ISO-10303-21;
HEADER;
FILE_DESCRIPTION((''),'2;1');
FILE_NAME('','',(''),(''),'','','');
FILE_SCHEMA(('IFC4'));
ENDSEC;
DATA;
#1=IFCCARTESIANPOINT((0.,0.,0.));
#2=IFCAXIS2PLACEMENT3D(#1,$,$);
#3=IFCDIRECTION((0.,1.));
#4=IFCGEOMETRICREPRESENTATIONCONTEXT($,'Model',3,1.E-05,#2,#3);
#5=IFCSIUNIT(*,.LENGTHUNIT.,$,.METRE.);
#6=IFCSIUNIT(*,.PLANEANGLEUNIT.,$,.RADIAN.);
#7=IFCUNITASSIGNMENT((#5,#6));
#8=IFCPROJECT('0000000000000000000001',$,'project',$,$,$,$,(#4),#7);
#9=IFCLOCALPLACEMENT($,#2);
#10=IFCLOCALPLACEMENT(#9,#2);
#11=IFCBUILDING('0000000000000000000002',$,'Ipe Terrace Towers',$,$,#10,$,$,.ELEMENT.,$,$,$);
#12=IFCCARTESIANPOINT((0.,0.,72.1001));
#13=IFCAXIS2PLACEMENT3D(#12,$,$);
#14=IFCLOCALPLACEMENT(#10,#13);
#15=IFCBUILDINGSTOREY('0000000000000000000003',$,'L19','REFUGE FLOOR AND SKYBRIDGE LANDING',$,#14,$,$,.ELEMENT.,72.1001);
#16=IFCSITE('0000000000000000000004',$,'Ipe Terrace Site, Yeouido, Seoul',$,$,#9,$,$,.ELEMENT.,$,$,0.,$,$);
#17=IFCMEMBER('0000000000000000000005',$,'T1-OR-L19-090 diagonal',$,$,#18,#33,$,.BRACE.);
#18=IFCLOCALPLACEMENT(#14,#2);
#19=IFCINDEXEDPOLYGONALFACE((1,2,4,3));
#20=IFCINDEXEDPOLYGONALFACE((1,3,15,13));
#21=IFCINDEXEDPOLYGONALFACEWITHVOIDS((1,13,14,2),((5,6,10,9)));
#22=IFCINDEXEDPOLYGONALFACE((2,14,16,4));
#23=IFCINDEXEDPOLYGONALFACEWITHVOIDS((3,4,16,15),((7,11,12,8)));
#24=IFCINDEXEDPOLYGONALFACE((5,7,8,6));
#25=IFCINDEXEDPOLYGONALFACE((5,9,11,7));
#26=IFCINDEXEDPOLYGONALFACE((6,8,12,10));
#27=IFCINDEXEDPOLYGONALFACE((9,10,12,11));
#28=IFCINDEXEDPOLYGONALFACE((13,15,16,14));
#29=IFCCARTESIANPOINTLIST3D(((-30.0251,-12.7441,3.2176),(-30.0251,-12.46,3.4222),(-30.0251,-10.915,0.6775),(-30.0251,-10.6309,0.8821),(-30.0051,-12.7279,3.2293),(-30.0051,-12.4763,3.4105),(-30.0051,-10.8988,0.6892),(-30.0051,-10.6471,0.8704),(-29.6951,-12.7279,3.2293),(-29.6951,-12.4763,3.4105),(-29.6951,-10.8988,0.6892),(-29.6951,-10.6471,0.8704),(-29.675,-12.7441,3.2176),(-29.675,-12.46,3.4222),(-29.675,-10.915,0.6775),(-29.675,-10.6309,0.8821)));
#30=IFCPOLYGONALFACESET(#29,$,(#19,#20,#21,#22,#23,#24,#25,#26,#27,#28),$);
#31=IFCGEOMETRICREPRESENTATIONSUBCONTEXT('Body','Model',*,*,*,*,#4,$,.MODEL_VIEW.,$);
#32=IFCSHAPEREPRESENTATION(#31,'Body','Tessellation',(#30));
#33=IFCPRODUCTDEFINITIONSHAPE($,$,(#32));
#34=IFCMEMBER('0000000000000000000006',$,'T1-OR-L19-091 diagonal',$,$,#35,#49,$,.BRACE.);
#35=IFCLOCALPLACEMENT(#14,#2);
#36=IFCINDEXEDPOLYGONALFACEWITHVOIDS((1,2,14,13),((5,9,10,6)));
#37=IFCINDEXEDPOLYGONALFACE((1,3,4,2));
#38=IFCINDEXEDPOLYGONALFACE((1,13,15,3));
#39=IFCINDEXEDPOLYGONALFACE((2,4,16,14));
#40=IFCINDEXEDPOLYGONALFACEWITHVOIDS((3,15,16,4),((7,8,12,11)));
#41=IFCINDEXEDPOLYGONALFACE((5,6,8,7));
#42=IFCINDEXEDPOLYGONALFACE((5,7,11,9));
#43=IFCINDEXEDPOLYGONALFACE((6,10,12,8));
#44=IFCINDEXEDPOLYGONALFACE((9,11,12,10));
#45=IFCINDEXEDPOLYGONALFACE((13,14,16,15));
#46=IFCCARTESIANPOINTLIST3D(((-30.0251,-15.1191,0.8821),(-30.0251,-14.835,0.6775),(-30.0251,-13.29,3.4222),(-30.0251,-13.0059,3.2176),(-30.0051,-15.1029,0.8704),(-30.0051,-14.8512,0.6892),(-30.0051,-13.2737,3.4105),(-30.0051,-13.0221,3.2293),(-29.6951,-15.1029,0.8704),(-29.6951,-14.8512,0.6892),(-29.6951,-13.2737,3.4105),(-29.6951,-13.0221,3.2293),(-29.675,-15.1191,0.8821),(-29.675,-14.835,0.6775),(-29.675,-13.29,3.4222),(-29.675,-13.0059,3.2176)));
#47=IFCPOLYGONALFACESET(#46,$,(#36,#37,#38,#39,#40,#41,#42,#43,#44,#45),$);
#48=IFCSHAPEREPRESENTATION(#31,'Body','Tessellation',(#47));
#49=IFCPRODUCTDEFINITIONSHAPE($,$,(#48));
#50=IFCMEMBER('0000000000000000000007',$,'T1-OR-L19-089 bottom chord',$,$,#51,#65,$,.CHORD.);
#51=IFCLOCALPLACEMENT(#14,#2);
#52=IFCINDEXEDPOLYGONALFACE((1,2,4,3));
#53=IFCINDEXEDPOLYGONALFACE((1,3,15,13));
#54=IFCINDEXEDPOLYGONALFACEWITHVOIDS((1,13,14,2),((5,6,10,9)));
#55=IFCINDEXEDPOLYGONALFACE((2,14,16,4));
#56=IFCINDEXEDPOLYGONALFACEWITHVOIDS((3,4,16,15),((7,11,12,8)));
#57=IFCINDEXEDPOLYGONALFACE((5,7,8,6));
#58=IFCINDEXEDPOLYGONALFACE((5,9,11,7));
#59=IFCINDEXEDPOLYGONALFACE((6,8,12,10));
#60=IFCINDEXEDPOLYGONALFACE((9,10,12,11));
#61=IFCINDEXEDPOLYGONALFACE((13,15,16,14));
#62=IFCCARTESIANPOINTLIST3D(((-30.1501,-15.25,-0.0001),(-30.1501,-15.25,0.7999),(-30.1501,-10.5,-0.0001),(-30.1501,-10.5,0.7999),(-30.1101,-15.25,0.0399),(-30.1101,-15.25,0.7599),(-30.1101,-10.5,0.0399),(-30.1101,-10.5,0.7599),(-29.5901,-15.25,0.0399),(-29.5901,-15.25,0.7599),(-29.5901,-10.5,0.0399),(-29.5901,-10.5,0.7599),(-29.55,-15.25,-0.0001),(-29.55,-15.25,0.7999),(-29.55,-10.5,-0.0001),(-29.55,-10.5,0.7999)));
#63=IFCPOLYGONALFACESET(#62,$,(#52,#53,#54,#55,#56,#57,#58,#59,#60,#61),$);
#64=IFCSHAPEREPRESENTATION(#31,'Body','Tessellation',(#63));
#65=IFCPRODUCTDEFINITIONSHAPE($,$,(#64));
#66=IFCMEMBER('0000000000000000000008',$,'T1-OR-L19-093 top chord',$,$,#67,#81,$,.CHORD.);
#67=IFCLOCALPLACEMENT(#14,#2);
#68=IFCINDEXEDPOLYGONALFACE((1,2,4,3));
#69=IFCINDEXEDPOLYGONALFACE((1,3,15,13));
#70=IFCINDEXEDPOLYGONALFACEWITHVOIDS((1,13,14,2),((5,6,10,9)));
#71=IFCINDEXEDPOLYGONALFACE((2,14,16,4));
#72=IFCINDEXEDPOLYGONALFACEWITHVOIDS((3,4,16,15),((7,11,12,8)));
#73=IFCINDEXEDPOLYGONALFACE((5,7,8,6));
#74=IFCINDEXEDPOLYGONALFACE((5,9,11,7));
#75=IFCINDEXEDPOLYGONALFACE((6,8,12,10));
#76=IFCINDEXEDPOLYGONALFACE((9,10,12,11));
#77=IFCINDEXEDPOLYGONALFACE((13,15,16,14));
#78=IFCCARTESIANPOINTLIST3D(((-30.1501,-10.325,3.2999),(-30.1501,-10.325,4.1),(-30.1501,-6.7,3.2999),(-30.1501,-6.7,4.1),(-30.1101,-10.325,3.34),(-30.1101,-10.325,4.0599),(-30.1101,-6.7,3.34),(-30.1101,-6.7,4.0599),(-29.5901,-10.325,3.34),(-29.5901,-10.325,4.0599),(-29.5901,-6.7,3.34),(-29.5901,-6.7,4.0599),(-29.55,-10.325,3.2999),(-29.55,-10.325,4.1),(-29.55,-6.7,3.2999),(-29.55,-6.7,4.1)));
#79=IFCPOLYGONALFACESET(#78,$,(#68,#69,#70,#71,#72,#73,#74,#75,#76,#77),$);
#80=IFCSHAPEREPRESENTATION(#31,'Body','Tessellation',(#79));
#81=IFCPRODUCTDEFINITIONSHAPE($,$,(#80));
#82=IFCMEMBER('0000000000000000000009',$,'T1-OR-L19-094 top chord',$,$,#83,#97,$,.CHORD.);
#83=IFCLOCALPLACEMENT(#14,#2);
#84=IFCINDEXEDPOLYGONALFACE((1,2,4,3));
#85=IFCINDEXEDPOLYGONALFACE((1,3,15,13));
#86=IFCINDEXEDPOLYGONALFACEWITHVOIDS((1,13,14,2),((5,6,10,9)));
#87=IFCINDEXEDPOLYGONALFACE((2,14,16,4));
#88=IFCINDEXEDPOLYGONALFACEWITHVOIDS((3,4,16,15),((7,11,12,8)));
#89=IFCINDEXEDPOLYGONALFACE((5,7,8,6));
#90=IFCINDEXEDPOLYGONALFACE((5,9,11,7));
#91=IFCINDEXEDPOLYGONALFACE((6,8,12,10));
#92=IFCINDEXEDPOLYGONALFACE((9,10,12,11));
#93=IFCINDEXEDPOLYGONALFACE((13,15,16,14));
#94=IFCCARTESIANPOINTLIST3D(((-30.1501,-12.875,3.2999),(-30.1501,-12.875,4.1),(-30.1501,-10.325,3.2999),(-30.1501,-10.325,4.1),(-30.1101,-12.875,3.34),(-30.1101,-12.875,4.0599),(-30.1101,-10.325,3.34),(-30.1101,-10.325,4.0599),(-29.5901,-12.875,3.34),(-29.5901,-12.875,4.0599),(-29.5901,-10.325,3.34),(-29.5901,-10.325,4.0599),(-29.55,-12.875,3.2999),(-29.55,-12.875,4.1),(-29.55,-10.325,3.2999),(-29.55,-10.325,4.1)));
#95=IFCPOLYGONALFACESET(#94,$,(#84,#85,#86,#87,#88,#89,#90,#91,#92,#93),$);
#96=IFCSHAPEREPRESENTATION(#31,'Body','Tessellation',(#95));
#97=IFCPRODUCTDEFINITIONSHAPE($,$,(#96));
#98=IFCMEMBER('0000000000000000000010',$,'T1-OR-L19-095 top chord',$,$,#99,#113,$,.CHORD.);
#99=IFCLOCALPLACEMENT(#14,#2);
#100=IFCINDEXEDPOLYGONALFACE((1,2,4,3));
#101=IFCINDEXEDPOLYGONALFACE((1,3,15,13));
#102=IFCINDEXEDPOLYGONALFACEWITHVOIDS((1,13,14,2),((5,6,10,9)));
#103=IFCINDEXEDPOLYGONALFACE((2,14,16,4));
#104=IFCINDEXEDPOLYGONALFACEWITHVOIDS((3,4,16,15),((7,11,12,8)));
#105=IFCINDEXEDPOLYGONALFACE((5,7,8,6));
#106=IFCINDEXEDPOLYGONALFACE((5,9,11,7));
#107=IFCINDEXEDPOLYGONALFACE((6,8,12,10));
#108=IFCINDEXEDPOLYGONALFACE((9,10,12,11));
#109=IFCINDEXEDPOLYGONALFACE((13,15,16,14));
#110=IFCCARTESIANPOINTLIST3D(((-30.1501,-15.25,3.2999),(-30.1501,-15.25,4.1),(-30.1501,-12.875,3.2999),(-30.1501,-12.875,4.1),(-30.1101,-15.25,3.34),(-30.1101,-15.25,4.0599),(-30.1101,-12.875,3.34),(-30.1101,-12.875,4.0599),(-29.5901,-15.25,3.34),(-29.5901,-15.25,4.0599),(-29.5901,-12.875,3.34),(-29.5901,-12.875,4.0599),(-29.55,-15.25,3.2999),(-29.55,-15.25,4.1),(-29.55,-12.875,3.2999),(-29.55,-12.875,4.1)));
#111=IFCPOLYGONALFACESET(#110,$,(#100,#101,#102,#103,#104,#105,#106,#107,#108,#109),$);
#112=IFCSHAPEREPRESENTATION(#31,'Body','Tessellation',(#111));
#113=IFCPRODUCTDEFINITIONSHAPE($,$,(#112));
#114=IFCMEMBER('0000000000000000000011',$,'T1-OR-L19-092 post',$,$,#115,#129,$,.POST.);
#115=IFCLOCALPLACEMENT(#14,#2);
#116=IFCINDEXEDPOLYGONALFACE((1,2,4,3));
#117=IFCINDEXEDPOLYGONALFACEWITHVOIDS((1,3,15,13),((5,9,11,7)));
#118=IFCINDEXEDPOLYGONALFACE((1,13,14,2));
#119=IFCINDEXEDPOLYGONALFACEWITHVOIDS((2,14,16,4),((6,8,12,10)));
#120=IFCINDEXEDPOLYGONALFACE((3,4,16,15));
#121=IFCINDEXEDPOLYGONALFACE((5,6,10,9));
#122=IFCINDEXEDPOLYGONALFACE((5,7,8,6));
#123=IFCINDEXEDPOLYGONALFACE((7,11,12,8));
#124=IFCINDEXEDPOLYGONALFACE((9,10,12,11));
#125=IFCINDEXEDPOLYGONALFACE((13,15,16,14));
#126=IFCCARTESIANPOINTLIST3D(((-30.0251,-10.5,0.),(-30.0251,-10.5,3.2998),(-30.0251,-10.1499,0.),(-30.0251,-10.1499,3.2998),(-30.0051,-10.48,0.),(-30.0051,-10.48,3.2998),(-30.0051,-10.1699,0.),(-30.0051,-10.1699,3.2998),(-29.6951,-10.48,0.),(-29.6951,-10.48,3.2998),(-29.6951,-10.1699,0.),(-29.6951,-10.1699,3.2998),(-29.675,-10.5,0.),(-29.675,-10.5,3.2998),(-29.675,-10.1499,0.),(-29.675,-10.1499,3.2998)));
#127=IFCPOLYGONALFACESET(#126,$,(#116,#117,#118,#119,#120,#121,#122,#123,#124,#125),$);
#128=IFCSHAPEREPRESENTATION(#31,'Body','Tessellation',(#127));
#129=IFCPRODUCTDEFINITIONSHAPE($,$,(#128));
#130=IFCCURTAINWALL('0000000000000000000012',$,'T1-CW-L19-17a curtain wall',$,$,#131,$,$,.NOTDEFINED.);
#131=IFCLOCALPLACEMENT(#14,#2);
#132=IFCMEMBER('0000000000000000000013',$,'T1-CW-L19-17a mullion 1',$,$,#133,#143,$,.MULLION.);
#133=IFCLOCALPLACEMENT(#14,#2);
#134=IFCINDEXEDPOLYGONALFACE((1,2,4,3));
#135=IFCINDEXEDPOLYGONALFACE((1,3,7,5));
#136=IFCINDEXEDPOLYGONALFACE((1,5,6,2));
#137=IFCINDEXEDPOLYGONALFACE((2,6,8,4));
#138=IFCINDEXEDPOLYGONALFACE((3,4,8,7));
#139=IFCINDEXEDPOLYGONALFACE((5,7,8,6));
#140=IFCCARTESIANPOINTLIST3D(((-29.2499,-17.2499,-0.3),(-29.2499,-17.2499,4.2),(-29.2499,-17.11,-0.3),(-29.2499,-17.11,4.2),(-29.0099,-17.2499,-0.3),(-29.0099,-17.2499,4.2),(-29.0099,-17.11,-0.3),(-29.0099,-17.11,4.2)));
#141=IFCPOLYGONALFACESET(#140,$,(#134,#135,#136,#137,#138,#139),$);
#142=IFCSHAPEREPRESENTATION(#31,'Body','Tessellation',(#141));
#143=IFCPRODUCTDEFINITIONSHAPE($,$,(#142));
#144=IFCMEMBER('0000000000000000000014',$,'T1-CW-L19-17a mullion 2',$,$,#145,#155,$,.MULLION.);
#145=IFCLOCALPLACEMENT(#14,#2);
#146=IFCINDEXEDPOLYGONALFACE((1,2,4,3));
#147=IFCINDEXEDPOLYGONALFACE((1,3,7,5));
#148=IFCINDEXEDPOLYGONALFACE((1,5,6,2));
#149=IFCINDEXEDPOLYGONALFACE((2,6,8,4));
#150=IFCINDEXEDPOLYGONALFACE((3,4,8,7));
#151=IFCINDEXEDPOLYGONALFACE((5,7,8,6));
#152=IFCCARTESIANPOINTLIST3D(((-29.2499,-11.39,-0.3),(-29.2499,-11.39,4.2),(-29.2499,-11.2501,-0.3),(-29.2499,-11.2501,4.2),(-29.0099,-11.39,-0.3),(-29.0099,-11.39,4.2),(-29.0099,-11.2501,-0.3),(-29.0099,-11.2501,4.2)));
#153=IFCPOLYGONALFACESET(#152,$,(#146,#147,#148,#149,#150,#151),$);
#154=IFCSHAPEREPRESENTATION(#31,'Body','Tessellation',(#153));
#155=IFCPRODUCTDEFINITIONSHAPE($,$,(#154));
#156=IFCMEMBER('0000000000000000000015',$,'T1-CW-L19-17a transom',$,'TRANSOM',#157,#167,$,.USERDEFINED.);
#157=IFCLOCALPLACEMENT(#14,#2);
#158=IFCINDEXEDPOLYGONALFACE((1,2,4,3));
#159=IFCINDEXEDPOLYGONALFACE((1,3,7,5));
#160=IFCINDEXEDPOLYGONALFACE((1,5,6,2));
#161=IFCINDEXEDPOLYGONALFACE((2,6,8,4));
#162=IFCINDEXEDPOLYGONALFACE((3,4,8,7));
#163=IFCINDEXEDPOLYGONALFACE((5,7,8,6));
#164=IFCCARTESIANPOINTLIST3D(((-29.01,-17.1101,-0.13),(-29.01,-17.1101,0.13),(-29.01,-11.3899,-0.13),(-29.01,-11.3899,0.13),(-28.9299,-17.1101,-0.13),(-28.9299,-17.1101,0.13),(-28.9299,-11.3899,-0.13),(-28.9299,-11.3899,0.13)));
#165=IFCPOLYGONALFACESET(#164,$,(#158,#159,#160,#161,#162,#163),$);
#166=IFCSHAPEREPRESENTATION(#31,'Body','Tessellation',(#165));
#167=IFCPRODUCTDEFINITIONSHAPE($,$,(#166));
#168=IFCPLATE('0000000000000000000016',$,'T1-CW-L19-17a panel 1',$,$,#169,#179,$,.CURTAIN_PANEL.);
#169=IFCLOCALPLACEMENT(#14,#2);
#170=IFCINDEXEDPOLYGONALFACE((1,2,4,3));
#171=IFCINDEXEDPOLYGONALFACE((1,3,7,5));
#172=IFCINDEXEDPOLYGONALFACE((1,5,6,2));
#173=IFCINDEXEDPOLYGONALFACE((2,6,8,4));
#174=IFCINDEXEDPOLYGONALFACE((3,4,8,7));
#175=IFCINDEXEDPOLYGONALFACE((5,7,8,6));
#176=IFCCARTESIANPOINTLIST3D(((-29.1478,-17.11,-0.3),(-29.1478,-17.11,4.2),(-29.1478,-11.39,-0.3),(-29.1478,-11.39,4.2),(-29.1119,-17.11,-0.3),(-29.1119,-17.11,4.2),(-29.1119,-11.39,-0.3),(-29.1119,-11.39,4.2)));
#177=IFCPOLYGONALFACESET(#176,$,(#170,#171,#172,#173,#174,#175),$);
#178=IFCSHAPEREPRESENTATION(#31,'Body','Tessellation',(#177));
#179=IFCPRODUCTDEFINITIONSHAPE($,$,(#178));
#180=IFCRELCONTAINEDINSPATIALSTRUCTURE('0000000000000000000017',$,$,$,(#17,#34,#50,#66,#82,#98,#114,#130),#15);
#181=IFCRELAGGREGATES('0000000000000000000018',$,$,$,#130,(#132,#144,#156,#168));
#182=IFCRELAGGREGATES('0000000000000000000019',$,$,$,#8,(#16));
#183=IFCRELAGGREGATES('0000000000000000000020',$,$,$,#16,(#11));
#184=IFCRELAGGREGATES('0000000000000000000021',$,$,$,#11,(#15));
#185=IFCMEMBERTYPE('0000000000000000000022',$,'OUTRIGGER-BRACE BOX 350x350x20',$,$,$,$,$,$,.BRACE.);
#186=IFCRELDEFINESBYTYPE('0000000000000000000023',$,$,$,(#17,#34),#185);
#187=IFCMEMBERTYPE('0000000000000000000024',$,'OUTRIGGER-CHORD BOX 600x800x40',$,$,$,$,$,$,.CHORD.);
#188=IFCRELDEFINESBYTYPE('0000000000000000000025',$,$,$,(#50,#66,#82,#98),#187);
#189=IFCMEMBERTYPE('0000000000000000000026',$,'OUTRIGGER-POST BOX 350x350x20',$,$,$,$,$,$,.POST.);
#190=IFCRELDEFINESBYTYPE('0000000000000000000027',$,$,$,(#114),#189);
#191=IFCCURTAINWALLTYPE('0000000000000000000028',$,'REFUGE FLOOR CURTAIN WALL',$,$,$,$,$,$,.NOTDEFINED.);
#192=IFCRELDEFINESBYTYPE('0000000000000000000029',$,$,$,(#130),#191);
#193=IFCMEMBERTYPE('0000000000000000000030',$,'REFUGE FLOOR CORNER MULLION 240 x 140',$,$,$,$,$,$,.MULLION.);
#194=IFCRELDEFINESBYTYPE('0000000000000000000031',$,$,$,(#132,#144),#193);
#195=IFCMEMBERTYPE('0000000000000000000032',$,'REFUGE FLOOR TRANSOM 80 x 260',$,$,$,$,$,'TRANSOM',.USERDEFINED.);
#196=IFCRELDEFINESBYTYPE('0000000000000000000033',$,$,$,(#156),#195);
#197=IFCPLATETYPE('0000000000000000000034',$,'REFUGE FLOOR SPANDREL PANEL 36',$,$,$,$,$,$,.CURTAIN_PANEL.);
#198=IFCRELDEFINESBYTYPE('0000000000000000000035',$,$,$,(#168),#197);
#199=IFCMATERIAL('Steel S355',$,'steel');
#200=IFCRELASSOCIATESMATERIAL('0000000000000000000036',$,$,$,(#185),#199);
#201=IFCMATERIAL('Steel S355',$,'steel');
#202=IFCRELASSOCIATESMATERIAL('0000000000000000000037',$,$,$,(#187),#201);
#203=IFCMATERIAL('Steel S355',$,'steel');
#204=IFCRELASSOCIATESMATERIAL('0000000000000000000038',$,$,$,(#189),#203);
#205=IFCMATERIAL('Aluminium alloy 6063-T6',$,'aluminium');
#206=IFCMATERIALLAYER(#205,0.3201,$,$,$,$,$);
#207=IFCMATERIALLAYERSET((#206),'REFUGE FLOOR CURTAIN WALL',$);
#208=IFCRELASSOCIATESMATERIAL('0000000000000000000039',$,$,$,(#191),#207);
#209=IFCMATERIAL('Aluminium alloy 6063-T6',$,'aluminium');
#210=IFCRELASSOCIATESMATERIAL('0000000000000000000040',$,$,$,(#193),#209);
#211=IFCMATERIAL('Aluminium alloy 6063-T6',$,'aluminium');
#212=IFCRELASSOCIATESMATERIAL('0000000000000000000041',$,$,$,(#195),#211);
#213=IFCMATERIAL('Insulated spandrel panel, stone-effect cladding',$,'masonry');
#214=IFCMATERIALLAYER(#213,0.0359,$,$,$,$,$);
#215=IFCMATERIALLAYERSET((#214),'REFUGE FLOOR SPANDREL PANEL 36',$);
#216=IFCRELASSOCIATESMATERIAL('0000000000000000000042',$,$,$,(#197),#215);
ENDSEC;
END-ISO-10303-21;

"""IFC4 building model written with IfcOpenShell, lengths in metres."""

from ifc_helpers import new_model, si_unit, direction, frame, origin, origin_2d, place, context, subcontext, project, spatial, rectangle, hollow_rectangle, extrude, material, layer, layer_set, material_profile, profile_set, type_object, element, aggregate, save


model = new_model("IFC4")

# Units and contexts
model_context = context("Model", 3, precision=1e-05, world=origin(), true_north=direction((0.0, 1.0)))
body_context = subcontext(model_context, "Body", "Model", "MODEL_VIEW")
ifc_project = project(units=[si_unit("LENGTHUNIT", "METRE"), si_unit("PLANEANGLEUNIT", "RADIAN")], contexts=[model_context])

# Site, building, storey
site_placement = place(None, origin())
site = spatial("IfcSite", under=ifc_project, at=site_placement, Name="Ipe Terrace Site, Yeouido, Seoul", CompositionType="ELEMENT", RefElevation=0.0)
building_placement = place(site_placement, origin())
building = spatial("IfcBuilding", under=site, at=building_placement, Name="Ipe Terrace Towers", CompositionType="ELEMENT")
storey_placement = place(building_placement, frame((0.0, 0.0, 72.1001)))
storey = spatial("IfcBuildingStorey", under=building, at=storey_placement, Name="L19", Description="REFUGE FLOOR AND SKYBRIDGE LANDING", CompositionType="ELEMENT", Elevation=72.1001)

# Members
ifc_material_1 = material(Name="Steel S355", Category="steel")
ifc_material_profile_1 = material_profile(ifc_material_1, hollow_rectangle(XDim=0.3501, YDim=0.3501, WallThickness=0.02, at=origin_2d()), Name="OUTRIGGER-BRACE BOX 350x350x20")
ifc_profile_set_1 = profile_set([ifc_material_profile_1], Name="Steel S355")
member_type_1 = type_object("IfcMemberType", Name="OUTRIGGER-BRACE BOX 350x350x20", PredefinedType="BRACE", material=ifc_profile_set_1)
for number, where, z_axis, x_axis, name in (
    (1, (-29.8501, -10.7729, 0.7798), (0.0, -0.584362, 0.811493), (1.0, 0.0, 0.0), "T1-OR-L19-090 diagonal"),
    (2, (-29.8501, -14.9771, 0.7798), (0.0, 0.584362, 0.811493), (-1.0, 0.0, 0.0), "T1-OR-L19-091 diagonal"),
):
    element("IfcMember", number, at=place(storey_placement, frame(where, z_axis=z_axis, x_axis=x_axis)), inside=storey, type_object=member_type_1, Name=name, PredefinedType="BRACE", context=body_context, shape_type="SweptSolid", body=[
        extrude(hollow_rectangle(XDim=0.3501, YDim=0.3501, WallThickness=0.02, at=origin_2d()), origin(), (0.0, 0.0, 1.0), 3.1301),
    ])
ifc_material_2 = material(Name="Steel S355", Category="steel")
ifc_material_profile_2 = material_profile(ifc_material_2, hollow_rectangle(XDim=0.6001, YDim=0.8, WallThickness=0.04, at=origin_2d()), Name="OUTRIGGER-CHORD BOX 600x800x40")
ifc_profile_set_2 = profile_set([ifc_material_profile_2], Name="Steel S355")
member_type_2 = type_object("IfcMemberType", Name="OUTRIGGER-CHORD BOX 600x800x40", PredefinedType="CHORD", material=ifc_profile_set_2)
member_1_placement = place(storey_placement, frame((-29.8501, -10.5, 0.3999), z_axis=(0.0, -1.0, 0.0), x_axis=(1.0, 0.0, 0.0)))
element("IfcMember", 3, at=member_1_placement, inside=storey, type_object=member_type_2, Name="T1-OR-L19-089 bottom chord", PredefinedType="CHORD", context=body_context, shape_type="SweptSolid", body=[
    extrude(hollow_rectangle(XDim=0.6001, YDim=0.8, WallThickness=0.04, at=origin_2d()), origin(), (0.0, 0.0, 1.0), 4.75),
])
member_2_placement = place(storey_placement, frame((-29.8501, -6.7, 3.7), z_axis=(0.0, -1.0, 0.0), x_axis=(1.0, 0.0, 0.0)))
element("IfcMember", 4, at=member_2_placement, inside=storey, type_object=member_type_2, Name="T1-OR-L19-093 top chord", PredefinedType="CHORD", context=body_context, shape_type="SweptSolid", body=[
    extrude(hollow_rectangle(XDim=0.6001, YDim=0.8, WallThickness=0.04, at=origin_2d()), origin(), (0.0, 0.0, 1.0), 3.625),
])
member_3_placement = place(storey_placement, frame((-29.8501, -10.325, 3.7), z_axis=(0.0, -1.0, 0.0), x_axis=(1.0, 0.0, 0.0)))
element("IfcMember", 5, at=member_3_placement, inside=storey, type_object=member_type_2, Name="T1-OR-L19-094 top chord", PredefinedType="CHORD", context=body_context, shape_type="SweptSolid", body=[
    extrude(hollow_rectangle(XDim=0.6001, YDim=0.8, WallThickness=0.04, at=origin_2d()), origin(), (0.0, 0.0, 1.0), 2.55),
])
member_4_placement = place(storey_placement, frame((-29.8501, -12.875, 3.7), z_axis=(0.0, -1.0, 0.0), x_axis=(1.0, 0.0, 0.0)))
element("IfcMember", 6, at=member_4_placement, inside=storey, type_object=member_type_2, Name="T1-OR-L19-095 top chord", PredefinedType="CHORD", context=body_context, shape_type="SweptSolid", body=[
    extrude(hollow_rectangle(XDim=0.6001, YDim=0.8, WallThickness=0.04, at=origin_2d()), origin(), (0.0, 0.0, 1.0), 2.375),
])
ifc_material_3 = material(Name="Steel S355", Category="steel")
ifc_material_profile_3 = material_profile(ifc_material_3, hollow_rectangle(XDim=0.3501, YDim=0.3501, WallThickness=0.02, at=origin_2d()), Name="OUTRIGGER-POST BOX 350x350x20")
ifc_profile_set_3 = profile_set([ifc_material_profile_3], Name="Steel S355")
member_type_3 = type_object("IfcMemberType", Name="OUTRIGGER-POST BOX 350x350x20", PredefinedType="POST", material=ifc_profile_set_3)
member_5_placement = place(storey_placement, frame((-29.8501, -10.325, 0.0), z_axis=(0.0, 0.0, 1.0), x_axis=(1.0, 0.0, 0.0)))
element("IfcMember", 7, at=member_5_placement, inside=storey, type_object=member_type_3, Name="T1-OR-L19-092 post", PredefinedType="POST", context=body_context, shape_type="SweptSolid", body=[
    extrude(hollow_rectangle(XDim=0.3501, YDim=0.3501, WallThickness=0.02, at=origin_2d()), origin(), (0.0, 0.0, 1.0), 3.2998),
])

# Curtain wall, members, plate
ifc_material_4 = material(Name="Aluminium alloy 6063-T6", Category="aluminium")
ifc_layer_1 = layer(ifc_material_4, 0.3201)
ifc_layer_set_1 = layer_set([ifc_layer_1], Name="REFUGE FLOOR CURTAIN WALL")
curtain_wall_type = type_object("IfcCurtainWallType", Name="REFUGE FLOOR CURTAIN WALL", PredefinedType="NOTDEFINED", material=ifc_layer_set_1)
curtain_wall_placement = place(storey_placement, origin())
curtain_wall = element("IfcCurtainWall", 8, at=curtain_wall_placement, inside=storey, type_object=curtain_wall_type, Name="T1-CW-L19-17a curtain wall", PredefinedType="NOTDEFINED")
ifc_material_5 = material(Name="Aluminium alloy 6063-T6", Category="aluminium")
ifc_material_profile_4 = material_profile(ifc_material_5, rectangle(XDim=0.24, YDim=0.1399, at=origin_2d()), Name="REFUGE FLOOR CORNER MULLION 240 x 140")
ifc_profile_set_4 = profile_set([ifc_material_profile_4], Name="Aluminium alloy 6063-T6")
member_type_4 = type_object("IfcMemberType", Name="REFUGE FLOOR CORNER MULLION 240 x 140", PredefinedType="MULLION", material=ifc_profile_set_4)
member_6_placement = place(storey_placement, frame((-29.1299, -17.1799, -0.3), z_axis=(0.0, 0.0, 1.0), x_axis=(1.0, 0.0, 0.0)))
member_6 = element("IfcMember", 9, at=member_6_placement, type_object=member_type_4, Name="T1-CW-L19-17a mullion 1", PredefinedType="MULLION", context=body_context, shape_type="SweptSolid", body=[
    extrude(rectangle(XDim=0.24, YDim=0.1399, at=origin_2d()), origin(), (0.0, 0.0, 1.0), 4.5),
])
member_7_placement = place(storey_placement, frame((-29.1299, -11.3201, -0.3), z_axis=(0.0, 0.0, 1.0), x_axis=(1.0, 0.0, 0.0)))
member_7 = element("IfcMember", 10, at=member_7_placement, type_object=member_type_4, Name="T1-CW-L19-17a mullion 2", PredefinedType="MULLION", context=body_context, shape_type="SweptSolid", body=[
    extrude(rectangle(XDim=0.24, YDim=0.1399, at=origin_2d()), origin(), (0.0, 0.0, 1.0), 4.5),
])
ifc_material_6 = material(Name="Aluminium alloy 6063-T6", Category="aluminium")
ifc_material_profile_5 = material_profile(ifc_material_6, rectangle(XDim=0.0801, YDim=0.26, at=origin_2d()), Name="REFUGE FLOOR TRANSOM 80 x 260")
ifc_profile_set_5 = profile_set([ifc_material_profile_5], Name="Aluminium alloy 6063-T6")
member_type_5 = type_object("IfcMemberType", Name="REFUGE FLOOR TRANSOM 80 x 260", ElementType="TRANSOM", PredefinedType="USERDEFINED", material=ifc_profile_set_5)
member_8_placement = place(storey_placement, frame((-28.97, -17.1101, 0.0), z_axis=(0.0, 1.0, 0.0), x_axis=(1.0, 0.0, 0.0)))
member_8 = element("IfcMember", 11, at=member_8_placement, type_object=member_type_5, Name="T1-CW-L19-17a transom", ObjectType="TRANSOM", PredefinedType="USERDEFINED", context=body_context, shape_type="SweptSolid", body=[
    extrude(rectangle(XDim=0.0801, YDim=0.26, at=origin_2d()), origin(), (0.0, 0.0, 1.0), 5.7202),
])
ifc_material_7 = material(Name="Insulated spandrel panel, stone-effect cladding", Category="masonry")
ifc_layer_2 = layer(ifc_material_7, 0.0359)
ifc_layer_set_2 = layer_set([ifc_layer_2], Name="REFUGE FLOOR SPANDREL PANEL 36")
plate_type = type_object("IfcPlateType", Name="REFUGE FLOOR SPANDREL PANEL 36", PredefinedType="CURTAIN_PANEL", material=ifc_layer_set_2)
plate_placement = place(storey_placement, frame((-29.1299, -14.25, -0.3), z_axis=(0.0, 0.0, 1.0), x_axis=(0.0, 1.0, 0.0)))
plate = element("IfcPlate", 12, at=plate_placement, type_object=plate_type, Name="T1-CW-L19-17a panel 1", PredefinedType="CURTAIN_PANEL", context=body_context, shape_type="SweptSolid", body=[
    extrude(rectangle(XDim=5.72, YDim=0.0359, at=origin_2d()), origin(), (0.0, 0.0, 1.0), 4.5),
])
aggregate(curtain_wall, [member_6, member_7, member_8, plate])

save(model, "model.ifc")
